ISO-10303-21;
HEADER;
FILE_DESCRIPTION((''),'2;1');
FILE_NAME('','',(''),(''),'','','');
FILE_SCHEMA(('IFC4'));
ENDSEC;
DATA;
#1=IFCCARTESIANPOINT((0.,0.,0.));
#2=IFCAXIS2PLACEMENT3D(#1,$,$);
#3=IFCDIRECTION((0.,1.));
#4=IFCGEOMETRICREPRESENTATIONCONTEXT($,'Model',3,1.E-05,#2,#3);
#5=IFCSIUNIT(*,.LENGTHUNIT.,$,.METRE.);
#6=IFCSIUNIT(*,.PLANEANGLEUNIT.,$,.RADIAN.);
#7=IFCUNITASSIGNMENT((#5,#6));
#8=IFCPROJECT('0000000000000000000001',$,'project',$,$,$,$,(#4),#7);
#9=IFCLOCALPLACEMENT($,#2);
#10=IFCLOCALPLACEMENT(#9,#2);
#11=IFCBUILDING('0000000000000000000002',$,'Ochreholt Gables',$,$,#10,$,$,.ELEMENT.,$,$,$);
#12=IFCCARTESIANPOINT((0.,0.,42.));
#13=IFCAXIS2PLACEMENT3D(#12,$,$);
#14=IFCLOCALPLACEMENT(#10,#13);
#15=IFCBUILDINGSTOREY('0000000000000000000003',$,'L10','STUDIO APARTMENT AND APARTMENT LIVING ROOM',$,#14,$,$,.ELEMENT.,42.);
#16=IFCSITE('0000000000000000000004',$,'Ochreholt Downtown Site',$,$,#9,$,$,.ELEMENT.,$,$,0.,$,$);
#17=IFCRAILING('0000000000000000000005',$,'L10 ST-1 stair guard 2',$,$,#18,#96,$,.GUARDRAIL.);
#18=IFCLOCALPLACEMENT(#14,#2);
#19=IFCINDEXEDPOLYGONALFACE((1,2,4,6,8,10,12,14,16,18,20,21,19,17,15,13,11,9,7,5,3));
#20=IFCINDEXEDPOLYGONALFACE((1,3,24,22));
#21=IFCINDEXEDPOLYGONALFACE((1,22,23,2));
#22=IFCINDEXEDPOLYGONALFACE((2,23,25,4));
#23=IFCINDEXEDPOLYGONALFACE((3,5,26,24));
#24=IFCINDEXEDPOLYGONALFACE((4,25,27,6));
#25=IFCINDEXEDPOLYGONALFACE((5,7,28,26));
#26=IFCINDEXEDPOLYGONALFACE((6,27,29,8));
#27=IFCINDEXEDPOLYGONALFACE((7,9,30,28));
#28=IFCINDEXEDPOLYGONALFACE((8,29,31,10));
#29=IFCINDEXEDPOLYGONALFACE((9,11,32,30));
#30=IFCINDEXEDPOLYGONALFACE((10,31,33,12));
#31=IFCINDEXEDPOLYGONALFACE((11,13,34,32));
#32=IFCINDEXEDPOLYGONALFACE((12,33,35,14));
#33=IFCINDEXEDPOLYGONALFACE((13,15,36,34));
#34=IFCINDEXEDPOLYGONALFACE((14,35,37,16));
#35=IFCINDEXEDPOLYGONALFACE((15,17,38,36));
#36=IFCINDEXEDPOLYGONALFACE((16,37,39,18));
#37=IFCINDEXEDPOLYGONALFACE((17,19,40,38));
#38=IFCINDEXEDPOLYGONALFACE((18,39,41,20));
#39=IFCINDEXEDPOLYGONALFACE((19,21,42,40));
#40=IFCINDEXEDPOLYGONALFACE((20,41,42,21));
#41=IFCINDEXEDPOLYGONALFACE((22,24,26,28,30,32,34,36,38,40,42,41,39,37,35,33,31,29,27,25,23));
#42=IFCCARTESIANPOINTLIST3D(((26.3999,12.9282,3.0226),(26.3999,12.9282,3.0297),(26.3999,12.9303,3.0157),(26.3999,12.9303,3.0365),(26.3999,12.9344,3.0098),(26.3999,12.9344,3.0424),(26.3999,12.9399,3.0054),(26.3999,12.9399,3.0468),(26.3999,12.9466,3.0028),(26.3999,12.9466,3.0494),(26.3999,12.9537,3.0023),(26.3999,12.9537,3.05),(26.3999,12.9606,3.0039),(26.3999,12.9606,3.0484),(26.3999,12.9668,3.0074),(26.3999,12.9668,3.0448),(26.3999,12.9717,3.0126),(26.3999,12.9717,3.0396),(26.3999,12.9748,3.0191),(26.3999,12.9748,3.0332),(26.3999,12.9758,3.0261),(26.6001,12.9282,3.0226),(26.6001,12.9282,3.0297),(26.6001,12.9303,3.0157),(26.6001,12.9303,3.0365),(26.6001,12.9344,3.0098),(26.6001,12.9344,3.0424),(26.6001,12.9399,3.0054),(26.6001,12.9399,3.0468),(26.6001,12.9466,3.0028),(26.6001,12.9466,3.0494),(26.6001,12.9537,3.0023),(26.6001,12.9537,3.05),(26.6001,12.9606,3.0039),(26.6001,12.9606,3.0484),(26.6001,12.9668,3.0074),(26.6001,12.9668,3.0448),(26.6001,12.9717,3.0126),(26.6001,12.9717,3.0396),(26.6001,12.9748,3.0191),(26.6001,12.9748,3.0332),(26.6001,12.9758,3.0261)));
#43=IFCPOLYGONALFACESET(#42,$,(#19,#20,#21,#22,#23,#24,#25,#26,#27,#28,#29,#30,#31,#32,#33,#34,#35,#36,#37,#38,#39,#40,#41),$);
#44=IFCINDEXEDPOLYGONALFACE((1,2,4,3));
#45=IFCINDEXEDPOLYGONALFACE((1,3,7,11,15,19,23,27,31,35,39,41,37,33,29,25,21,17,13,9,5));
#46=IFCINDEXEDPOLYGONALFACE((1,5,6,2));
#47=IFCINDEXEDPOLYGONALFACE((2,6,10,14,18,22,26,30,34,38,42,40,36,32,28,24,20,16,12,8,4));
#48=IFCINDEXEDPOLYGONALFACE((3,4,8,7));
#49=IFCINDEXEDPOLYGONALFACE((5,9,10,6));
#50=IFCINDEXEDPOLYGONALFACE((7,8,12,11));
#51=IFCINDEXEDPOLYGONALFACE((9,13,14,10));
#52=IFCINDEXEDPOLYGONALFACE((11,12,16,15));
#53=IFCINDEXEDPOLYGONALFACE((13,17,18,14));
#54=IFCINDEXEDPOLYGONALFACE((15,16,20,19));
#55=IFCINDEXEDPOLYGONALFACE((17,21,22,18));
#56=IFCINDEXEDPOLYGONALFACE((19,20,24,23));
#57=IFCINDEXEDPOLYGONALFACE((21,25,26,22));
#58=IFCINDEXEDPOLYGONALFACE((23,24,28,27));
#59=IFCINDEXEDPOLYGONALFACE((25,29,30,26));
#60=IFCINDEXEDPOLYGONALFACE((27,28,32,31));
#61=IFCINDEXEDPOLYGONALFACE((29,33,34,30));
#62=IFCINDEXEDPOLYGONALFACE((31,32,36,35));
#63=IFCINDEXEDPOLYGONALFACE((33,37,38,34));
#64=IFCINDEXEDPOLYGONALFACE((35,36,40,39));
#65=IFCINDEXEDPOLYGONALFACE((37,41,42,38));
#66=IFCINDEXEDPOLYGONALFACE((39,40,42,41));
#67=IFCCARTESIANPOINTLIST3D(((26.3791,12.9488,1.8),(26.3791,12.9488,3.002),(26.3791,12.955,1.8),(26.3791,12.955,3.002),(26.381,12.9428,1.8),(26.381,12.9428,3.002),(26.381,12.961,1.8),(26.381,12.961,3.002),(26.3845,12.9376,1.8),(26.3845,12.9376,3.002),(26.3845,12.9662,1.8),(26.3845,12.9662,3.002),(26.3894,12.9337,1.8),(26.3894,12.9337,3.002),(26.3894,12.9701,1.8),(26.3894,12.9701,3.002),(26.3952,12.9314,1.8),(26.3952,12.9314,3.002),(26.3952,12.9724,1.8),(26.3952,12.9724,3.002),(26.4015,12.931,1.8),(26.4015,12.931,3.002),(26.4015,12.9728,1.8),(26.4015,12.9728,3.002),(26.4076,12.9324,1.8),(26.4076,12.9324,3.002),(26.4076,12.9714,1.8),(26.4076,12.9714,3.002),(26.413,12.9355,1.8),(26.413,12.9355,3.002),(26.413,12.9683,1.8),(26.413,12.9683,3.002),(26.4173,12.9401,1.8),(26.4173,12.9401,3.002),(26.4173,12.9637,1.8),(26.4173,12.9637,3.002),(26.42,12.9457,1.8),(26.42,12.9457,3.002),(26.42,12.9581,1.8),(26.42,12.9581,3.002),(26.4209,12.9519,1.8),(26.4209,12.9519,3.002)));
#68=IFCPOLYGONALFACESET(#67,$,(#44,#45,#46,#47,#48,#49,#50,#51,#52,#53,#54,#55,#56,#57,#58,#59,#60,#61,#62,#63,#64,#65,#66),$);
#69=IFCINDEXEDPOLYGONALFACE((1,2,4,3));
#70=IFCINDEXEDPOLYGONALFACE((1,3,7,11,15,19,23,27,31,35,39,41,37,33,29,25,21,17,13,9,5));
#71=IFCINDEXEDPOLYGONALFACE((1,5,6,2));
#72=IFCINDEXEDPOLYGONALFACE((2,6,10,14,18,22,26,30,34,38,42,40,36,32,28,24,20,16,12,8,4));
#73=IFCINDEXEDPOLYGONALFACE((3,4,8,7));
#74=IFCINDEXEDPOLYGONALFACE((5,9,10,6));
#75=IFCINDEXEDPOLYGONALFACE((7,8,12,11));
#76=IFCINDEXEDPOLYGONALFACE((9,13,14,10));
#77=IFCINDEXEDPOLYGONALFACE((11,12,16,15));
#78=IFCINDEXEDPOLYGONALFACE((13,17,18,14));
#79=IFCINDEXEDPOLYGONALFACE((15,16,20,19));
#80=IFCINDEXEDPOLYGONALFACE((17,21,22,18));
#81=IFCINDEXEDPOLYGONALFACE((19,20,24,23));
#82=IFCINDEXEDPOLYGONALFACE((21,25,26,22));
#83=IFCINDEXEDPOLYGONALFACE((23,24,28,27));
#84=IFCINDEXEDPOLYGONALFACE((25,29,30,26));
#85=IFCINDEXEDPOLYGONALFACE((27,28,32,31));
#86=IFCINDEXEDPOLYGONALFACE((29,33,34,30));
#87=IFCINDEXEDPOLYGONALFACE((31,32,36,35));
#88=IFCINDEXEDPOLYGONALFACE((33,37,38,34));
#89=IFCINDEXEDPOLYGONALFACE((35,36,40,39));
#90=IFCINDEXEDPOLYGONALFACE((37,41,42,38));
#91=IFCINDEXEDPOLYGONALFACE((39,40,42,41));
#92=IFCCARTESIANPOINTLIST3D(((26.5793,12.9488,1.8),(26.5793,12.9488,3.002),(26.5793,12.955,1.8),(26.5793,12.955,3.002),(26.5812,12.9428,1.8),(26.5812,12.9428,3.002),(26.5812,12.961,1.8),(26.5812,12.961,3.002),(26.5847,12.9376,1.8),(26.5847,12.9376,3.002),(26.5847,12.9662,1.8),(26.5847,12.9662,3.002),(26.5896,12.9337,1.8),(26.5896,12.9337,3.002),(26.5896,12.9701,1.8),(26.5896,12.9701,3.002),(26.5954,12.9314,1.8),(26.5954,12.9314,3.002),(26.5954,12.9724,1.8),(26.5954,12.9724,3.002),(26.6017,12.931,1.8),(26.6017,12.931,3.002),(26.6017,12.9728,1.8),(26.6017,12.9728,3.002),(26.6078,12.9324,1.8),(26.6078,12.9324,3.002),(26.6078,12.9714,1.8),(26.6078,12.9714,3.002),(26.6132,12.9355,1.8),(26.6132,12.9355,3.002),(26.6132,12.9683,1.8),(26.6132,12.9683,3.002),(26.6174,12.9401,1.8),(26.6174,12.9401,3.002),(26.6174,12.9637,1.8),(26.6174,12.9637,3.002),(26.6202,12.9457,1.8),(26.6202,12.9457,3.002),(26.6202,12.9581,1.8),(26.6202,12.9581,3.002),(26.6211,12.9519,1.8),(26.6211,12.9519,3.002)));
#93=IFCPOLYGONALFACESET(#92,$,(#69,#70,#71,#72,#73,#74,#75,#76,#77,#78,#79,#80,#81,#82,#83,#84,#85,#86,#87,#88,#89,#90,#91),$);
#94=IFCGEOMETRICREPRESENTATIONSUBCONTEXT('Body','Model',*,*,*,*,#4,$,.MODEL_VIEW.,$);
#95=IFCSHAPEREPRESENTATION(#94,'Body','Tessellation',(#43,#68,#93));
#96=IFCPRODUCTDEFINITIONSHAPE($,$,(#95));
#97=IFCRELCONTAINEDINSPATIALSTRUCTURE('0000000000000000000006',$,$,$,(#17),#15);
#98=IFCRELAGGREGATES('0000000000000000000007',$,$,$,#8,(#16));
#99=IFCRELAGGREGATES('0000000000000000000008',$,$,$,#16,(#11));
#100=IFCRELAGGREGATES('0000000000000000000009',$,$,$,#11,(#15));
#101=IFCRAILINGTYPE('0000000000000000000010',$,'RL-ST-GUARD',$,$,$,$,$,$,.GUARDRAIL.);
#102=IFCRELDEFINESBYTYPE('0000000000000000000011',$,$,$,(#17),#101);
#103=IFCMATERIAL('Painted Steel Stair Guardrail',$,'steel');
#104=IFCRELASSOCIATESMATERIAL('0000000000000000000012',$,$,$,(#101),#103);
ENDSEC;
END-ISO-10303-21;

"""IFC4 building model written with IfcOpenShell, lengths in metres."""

from ifc_helpers import new_model, si_unit, direction, frame, origin, origin_2d, place, context, subcontext, project, spatial, circle, extrude, material, type_object, element, save


model = new_model("IFC4")

# Units and contexts
model_context = context("Model", 3, precision=1e-05, world=origin(), true_north=direction((0.0, 1.0)))
body_context = subcontext(model_context, "Body", "Model", "MODEL_VIEW")
ifc_project = project(units=[si_unit("LENGTHUNIT", "METRE"), si_unit("PLANEANGLEUNIT", "RADIAN")], contexts=[model_context])

# Site, building, storey
site_placement = place(None, origin())
site = spatial("IfcSite", under=ifc_project, at=site_placement, Name="Ochreholt Downtown Site", CompositionType="ELEMENT", RefElevation=0.0)
building_placement = place(site_placement, origin())
building = spatial("IfcBuilding", under=site, at=building_placement, Name="Ochreholt Gables", CompositionType="ELEMENT")
storey_placement = place(building_placement, frame((0.0, 0.0, 42.0)))
storey = spatial("IfcBuildingStorey", under=building, at=storey_placement, Name="L10", Description="STUDIO APARTMENT AND APARTMENT LIVING ROOM", CompositionType="ELEMENT", Elevation=42.0)

# Railing
ifc_material_1 = material(Name="Painted Steel Stair Guardrail", Category="steel")
railing_type = type_object("IfcRailingType", Name="RL-ST-GUARD", PredefinedType="GUARDRAIL", material=ifc_material_1)
railing_1_placement = place(storey_placement, frame((26.3999, 12.9519, 1.8)))
element("IfcRailing", 1, at=railing_1_placement, inside=storey, type_object=railing_type, Name="L10 ST-1 stair guard 2", PredefinedType="GUARDRAIL", context=body_context, shape_type="SweptSolid", body=[
    extrude(circle(Radius=0.0239, at=origin_2d()), frame((0.0, 0.0, 1.2261), z_axis=(1.0, 0.0, 0.0), x_axis=(0.0, 1.0, 0.0)), (0.0, 0.0, 1.0), 0.2002),
    extrude(circle(Radius=0.021, at=origin_2d()), origin(), (0.0, 0.0, 1.0), 1.2019),
    extrude(circle(Radius=0.021, at=origin_2d()), frame((0.2002, 0.0, 0.0)), (0.0, 0.0, 1.0), 1.2019),
])

save(model, "model.ifc")
